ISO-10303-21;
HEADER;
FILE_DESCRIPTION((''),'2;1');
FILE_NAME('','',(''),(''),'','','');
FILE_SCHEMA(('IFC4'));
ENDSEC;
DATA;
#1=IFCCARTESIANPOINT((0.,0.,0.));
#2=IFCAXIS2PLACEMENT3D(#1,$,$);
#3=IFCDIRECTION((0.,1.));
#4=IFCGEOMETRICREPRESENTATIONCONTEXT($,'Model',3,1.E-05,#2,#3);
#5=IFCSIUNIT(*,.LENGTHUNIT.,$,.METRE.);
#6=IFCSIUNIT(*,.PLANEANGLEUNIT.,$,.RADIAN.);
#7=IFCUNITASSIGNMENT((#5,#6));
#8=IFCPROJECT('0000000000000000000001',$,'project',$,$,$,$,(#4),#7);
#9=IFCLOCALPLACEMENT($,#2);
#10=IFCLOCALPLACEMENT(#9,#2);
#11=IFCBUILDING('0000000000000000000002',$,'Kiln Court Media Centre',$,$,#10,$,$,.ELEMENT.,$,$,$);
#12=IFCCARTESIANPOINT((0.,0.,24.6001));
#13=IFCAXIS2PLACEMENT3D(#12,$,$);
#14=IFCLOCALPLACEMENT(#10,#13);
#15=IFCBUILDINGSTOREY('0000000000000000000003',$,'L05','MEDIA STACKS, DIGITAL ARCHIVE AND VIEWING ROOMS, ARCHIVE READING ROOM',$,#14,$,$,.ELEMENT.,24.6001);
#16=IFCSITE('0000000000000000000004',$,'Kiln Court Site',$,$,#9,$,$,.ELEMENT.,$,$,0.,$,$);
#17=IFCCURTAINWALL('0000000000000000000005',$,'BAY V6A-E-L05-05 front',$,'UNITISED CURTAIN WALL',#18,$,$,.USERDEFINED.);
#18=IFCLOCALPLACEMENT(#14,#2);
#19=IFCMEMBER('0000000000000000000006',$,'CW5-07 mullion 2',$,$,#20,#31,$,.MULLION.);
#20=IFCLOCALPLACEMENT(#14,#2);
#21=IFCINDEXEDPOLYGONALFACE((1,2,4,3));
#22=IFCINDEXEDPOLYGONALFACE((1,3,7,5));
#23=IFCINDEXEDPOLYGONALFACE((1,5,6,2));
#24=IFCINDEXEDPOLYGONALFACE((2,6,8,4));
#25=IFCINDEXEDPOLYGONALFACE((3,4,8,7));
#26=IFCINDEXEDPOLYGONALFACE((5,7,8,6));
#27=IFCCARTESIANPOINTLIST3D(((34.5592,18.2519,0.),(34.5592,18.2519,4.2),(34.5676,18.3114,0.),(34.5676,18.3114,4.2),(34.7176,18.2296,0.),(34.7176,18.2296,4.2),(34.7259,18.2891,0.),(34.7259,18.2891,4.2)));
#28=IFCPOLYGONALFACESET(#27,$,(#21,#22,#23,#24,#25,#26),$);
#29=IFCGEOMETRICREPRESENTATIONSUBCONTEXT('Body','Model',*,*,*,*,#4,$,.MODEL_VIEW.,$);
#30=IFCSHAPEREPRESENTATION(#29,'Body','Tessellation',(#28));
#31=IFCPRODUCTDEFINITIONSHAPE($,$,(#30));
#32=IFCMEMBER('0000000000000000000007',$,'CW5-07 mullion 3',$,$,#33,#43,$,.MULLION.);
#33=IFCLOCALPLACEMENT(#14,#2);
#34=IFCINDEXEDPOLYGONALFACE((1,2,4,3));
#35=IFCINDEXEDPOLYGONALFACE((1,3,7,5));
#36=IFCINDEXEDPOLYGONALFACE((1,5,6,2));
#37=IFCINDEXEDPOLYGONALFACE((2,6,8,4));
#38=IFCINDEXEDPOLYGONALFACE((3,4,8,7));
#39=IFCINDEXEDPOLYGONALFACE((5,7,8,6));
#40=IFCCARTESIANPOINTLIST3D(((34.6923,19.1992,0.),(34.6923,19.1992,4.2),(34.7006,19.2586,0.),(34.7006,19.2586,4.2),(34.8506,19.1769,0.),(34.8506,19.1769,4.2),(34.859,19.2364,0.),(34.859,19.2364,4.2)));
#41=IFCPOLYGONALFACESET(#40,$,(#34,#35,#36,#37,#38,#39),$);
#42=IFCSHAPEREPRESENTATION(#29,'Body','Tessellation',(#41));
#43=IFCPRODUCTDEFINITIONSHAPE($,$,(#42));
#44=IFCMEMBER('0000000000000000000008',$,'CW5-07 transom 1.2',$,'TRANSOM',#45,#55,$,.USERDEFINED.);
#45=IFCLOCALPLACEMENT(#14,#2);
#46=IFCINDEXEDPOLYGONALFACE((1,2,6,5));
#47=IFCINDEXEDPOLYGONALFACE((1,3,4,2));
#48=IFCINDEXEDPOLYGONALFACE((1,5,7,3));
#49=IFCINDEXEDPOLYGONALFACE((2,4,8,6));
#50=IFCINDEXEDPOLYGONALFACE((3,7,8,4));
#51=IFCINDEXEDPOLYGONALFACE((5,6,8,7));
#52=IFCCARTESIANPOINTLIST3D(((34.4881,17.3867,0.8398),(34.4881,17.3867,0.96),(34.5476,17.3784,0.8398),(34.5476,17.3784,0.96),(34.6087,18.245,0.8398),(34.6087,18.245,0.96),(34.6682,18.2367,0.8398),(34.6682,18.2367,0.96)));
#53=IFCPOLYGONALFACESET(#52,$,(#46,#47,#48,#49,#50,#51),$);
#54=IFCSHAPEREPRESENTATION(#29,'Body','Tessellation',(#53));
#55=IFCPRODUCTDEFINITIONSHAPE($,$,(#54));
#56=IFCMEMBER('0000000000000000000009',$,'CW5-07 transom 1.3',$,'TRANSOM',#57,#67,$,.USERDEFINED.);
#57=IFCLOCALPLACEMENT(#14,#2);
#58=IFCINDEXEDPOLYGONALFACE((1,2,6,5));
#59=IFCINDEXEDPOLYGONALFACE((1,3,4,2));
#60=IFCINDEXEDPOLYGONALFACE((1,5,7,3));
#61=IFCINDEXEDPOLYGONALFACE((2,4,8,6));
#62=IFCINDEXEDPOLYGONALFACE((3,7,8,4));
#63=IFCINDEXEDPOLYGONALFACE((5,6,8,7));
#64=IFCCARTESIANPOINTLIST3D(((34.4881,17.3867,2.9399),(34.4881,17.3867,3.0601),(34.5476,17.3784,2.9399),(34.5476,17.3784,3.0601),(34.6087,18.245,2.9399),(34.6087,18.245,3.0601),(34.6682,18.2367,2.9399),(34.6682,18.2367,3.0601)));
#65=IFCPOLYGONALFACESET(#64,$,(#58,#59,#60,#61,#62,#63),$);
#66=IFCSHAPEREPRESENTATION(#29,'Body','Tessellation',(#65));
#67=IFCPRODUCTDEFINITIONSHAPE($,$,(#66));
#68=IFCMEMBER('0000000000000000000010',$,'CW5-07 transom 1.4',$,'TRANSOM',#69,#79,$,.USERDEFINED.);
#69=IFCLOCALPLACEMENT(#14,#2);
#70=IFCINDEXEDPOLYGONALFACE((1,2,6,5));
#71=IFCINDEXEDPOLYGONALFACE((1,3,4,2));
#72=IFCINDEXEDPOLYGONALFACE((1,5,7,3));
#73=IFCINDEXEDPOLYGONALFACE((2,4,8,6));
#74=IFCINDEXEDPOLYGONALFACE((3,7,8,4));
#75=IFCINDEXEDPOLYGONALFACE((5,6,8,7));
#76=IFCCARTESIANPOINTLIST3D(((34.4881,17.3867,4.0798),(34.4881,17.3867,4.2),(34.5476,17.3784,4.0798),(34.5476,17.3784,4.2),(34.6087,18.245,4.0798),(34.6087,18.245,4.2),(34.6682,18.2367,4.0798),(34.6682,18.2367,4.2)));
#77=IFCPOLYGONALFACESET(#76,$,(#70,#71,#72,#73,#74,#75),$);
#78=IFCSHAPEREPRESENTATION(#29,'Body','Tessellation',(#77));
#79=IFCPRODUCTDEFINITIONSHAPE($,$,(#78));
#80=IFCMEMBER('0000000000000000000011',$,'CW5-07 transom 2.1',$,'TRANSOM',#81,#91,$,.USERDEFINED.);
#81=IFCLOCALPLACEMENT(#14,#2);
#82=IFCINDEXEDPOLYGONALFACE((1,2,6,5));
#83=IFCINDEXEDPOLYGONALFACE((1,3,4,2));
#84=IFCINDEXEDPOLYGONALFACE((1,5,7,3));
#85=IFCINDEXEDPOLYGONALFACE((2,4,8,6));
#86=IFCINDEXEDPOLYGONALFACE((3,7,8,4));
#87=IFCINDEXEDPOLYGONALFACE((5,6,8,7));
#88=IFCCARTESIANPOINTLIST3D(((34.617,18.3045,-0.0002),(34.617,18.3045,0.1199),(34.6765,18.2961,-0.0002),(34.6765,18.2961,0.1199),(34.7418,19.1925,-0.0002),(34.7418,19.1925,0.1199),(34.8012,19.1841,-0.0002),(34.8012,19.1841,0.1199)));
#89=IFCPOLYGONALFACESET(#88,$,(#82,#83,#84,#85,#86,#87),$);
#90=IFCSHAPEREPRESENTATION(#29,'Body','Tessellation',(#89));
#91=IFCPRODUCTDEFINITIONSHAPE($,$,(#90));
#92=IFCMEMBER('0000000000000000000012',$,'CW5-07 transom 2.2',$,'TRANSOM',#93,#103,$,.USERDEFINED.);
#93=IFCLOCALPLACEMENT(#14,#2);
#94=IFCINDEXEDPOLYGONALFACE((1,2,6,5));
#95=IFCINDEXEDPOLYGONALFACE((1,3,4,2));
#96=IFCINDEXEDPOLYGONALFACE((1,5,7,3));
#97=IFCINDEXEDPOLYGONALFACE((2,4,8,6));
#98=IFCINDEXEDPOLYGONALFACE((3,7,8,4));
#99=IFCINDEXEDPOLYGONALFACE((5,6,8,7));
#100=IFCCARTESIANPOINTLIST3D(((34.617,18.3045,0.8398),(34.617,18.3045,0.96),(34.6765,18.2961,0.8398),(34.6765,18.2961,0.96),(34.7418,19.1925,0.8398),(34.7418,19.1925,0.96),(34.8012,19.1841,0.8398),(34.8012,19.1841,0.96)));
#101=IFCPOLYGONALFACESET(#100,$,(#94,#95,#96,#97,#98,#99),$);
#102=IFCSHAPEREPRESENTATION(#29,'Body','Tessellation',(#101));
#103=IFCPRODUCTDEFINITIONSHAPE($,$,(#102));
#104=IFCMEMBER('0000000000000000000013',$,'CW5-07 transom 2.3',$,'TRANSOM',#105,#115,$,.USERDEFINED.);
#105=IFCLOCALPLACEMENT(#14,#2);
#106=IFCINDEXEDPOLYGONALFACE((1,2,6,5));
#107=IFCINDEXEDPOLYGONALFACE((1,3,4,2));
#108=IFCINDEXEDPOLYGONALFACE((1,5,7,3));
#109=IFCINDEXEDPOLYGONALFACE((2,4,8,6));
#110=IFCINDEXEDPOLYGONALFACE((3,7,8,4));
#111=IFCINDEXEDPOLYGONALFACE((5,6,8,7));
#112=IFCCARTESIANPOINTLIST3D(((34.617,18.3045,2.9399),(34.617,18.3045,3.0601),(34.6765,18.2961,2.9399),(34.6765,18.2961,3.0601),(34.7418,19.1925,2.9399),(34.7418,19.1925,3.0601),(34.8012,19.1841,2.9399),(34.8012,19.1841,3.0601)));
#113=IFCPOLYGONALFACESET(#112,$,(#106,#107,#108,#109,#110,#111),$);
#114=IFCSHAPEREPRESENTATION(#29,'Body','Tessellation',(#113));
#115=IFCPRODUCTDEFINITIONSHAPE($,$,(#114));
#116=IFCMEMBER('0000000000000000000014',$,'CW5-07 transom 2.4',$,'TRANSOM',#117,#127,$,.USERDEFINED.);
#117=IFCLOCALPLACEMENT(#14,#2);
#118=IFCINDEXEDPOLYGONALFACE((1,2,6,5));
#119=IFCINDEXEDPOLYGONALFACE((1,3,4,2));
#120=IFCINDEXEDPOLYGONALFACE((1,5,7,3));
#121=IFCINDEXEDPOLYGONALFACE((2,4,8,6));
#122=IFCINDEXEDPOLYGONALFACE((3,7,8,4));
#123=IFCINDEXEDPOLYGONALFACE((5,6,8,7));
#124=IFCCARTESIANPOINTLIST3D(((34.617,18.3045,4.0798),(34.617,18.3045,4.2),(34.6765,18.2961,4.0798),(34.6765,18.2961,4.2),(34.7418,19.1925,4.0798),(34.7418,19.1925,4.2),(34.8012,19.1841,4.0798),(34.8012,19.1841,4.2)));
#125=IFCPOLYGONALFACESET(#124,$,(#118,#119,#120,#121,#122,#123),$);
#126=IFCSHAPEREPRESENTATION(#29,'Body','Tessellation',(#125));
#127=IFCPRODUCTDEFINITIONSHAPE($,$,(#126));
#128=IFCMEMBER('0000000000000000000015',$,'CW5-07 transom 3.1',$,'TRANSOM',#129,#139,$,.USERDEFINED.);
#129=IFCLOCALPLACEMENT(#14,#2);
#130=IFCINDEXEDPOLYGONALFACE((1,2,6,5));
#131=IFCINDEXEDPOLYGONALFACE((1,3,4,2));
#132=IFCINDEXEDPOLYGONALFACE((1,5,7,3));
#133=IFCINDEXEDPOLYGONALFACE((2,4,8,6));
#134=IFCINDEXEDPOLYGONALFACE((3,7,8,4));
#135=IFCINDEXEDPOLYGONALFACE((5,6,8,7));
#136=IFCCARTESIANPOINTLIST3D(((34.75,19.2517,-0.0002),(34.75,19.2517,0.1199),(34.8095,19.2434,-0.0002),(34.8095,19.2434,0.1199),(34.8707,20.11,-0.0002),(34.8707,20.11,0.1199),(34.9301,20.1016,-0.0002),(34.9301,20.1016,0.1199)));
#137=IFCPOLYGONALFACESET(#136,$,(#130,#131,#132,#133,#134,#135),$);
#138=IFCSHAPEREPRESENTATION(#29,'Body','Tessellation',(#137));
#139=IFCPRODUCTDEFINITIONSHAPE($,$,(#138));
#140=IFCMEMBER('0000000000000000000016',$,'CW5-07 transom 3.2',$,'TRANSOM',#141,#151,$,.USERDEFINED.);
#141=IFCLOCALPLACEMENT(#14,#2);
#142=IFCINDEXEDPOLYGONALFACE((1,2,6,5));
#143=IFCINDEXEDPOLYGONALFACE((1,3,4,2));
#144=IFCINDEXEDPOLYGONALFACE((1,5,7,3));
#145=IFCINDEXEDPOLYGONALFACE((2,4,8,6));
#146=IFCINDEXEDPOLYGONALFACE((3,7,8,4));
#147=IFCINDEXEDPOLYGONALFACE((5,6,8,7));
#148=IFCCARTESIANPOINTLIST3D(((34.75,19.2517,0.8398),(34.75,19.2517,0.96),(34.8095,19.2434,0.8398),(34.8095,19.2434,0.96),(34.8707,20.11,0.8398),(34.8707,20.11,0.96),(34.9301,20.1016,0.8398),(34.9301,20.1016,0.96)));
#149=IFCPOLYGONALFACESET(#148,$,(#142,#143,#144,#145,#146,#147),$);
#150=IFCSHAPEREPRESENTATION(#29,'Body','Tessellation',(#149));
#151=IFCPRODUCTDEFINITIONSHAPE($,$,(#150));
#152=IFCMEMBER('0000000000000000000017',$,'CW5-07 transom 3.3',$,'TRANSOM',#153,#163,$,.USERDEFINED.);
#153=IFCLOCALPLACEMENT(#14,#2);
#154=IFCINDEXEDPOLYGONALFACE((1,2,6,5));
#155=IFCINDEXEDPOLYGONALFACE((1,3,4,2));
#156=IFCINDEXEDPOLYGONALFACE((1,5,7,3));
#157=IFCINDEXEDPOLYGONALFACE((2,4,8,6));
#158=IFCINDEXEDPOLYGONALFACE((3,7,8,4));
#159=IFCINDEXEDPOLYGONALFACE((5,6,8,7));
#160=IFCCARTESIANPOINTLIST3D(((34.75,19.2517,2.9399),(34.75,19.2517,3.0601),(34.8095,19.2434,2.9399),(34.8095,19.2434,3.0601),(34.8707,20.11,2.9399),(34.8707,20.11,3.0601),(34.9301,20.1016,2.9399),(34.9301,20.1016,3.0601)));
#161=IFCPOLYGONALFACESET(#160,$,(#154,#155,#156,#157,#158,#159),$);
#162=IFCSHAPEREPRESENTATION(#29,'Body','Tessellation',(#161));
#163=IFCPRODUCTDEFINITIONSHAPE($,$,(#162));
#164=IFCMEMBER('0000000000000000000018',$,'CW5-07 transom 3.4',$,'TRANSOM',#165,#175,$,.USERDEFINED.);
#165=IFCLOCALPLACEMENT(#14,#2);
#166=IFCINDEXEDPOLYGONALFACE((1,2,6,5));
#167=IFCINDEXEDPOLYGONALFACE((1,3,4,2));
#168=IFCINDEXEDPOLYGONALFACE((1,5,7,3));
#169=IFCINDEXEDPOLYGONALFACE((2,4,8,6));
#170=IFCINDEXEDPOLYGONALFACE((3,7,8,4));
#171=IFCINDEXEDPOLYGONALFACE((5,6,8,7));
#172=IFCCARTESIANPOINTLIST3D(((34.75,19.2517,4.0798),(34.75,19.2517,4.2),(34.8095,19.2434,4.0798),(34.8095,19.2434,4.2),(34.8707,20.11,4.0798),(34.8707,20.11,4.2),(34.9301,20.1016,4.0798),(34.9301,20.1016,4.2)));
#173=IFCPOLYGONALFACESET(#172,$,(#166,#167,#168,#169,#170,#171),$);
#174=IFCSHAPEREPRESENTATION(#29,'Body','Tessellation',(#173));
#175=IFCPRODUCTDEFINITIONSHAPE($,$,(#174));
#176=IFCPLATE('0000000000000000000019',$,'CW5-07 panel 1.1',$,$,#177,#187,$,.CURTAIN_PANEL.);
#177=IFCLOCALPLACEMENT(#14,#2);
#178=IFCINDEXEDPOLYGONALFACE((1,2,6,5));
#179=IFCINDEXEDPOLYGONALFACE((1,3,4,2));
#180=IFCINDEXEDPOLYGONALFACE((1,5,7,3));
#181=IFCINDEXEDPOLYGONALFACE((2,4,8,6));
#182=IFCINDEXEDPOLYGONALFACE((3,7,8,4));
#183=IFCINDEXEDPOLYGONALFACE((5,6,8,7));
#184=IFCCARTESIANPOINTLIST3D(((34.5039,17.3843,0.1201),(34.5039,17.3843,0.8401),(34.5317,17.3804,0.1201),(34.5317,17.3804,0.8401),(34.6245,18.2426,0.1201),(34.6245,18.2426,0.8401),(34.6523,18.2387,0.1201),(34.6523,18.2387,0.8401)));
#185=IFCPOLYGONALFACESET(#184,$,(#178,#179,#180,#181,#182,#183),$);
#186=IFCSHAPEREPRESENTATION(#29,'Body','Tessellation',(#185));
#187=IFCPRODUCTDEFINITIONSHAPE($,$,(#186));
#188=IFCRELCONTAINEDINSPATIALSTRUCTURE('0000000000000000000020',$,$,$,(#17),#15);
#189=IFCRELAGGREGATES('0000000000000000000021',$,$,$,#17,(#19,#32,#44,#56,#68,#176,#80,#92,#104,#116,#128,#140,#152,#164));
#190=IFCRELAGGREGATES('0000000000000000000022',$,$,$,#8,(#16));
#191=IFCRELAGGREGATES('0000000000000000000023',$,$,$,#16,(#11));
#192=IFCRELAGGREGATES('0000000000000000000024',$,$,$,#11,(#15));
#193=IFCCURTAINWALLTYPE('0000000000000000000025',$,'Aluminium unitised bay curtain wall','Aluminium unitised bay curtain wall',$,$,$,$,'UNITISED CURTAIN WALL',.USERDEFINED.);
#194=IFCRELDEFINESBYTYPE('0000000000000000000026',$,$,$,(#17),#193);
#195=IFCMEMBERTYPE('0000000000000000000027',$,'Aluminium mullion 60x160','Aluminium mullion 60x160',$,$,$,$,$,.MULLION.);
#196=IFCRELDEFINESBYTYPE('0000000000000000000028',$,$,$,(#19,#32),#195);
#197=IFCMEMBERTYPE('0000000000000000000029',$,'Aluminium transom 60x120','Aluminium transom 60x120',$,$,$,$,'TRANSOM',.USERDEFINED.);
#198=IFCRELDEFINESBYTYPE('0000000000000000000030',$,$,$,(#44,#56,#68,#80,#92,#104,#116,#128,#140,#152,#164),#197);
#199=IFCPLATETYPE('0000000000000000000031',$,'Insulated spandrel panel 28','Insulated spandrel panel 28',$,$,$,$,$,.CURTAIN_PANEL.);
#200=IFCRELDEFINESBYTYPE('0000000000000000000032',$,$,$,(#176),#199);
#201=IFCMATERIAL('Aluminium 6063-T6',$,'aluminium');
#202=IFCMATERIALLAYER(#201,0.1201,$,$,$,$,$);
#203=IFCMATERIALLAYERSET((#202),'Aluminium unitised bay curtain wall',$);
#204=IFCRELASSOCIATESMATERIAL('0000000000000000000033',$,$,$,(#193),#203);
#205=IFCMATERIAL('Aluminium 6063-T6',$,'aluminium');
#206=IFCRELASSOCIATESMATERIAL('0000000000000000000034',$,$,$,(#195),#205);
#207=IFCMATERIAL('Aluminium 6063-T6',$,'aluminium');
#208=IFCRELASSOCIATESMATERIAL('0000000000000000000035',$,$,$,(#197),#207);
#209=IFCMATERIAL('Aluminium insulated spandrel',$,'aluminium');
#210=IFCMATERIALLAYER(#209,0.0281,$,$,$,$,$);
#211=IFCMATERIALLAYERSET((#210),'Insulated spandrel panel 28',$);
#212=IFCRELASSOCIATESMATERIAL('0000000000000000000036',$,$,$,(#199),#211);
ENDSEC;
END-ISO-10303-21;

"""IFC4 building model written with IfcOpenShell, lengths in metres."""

from ifc_helpers import new_model, si_unit, direction, frame, origin, origin_2d, place, context, subcontext, project, spatial, rectangle, extrude, material, layer, layer_set, material_profile, profile_set, type_object, element, aggregate, save


model = new_model("IFC4")

# Units and contexts
model_context = context("Model", 3, precision=1e-05, world=origin(), true_north=direction((0.0, 1.0)))
body_context = subcontext(model_context, "Body", "Model", "MODEL_VIEW")
ifc_project = project(units=[si_unit("LENGTHUNIT", "METRE"), si_unit("PLANEANGLEUNIT", "RADIAN")], contexts=[model_context])

# Site, building, storey
site_placement = place(None, origin())
site = spatial("IfcSite", under=ifc_project, at=site_placement, Name="Kiln Court Site", CompositionType="ELEMENT", RefElevation=0.0)
building_placement = place(site_placement, origin())
building = spatial("IfcBuilding", under=site, at=building_placement, Name="Kiln Court Media Centre", CompositionType="ELEMENT")
storey_placement = place(building_placement, frame((0.0, 0.0, 24.6001)))
storey = spatial("IfcBuildingStorey", under=building, at=storey_placement, Name="L05", Description="MEDIA STACKS, DIGITAL ARCHIVE AND VIEWING ROOMS, ARCHIVE READING ROOM", CompositionType="ELEMENT", Elevation=24.6001)

# Curtain wall, members, plate
ifc_material_1 = material(Name="Aluminium 6063-T6", Category="aluminium")
ifc_layer_1 = layer(ifc_material_1, 0.1201)
ifc_layer_set_1 = layer_set([ifc_layer_1], Name="Aluminium unitised bay curtain wall")
curtain_wall_type = type_object("IfcCurtainWallType", Name="Aluminium unitised bay curtain wall", Description="Aluminium unitised bay curtain wall", ElementType="UNITISED CURTAIN WALL", PredefinedType="USERDEFINED", material=ifc_layer_set_1)
curtain_wall_placement = place(storey_placement, origin())
curtain_wall = element("IfcCurtainWall", 1, at=curtain_wall_placement, inside=storey, type_object=curtain_wall_type, Name="BAY V6A-E-L05-05 front", ObjectType="UNITISED CURTAIN WALL", PredefinedType="USERDEFINED")
ifc_material_2 = material(Name="Aluminium 6063-T6", Category="aluminium")
ifc_material_profile_1 = material_profile(ifc_material_2, rectangle(XDim=0.0601, YDim=0.1599, at=origin_2d()), Name="Aluminium mullion 60x160")
ifc_profile_set_1 = profile_set([ifc_material_profile_1], Name="Aluminium 6063-T6")
member_type_1 = type_object("IfcMemberType", Name="Aluminium mullion 60x160", Description="Aluminium mullion 60x160", PredefinedType="MULLION", material=ifc_profile_set_1)
member_1_placement = place(storey_placement, frame((34.6426, 18.2705, 0.0), z_axis=(0.0, 0.0, 1.0), x_axis=(0.139162, 0.99027, 0.0)))
member_1 = element("IfcMember", 2, at=member_1_placement, type_object=member_type_1, Name="CW5-07 mullion 2", PredefinedType="MULLION", context=body_context, shape_type="SweptSolid", body=[
    extrude(rectangle(XDim=0.0601, YDim=0.1599, at=origin_2d()), origin(), (0.0, 0.0, 1.0), 4.2),
])
member_2_placement = place(storey_placement, frame((34.7756, 19.2178, 0.0), z_axis=(0.0, 0.0, 1.0), x_axis=(0.139162, 0.99027, 0.0)))
member_2 = element("IfcMember", 3, at=member_2_placement, type_object=member_type_1, Name="CW5-07 mullion 3", PredefinedType="MULLION", context=body_context, shape_type="SweptSolid", body=[
    extrude(rectangle(XDim=0.0601, YDim=0.1599, at=origin_2d()), origin(), (0.0, 0.0, 1.0), 4.2),
])
ifc_material_3 = material(Name="Aluminium 6063-T6", Category="aluminium")
ifc_material_profile_2 = material_profile(ifc_material_3, rectangle(XDim=0.0601, YDim=0.1201, at=origin_2d()), Name="Aluminium transom 60x120")
ifc_profile_set_2 = profile_set([ifc_material_profile_2], Name="Aluminium 6063-T6")
member_type_2 = type_object("IfcMemberType", Name="Aluminium transom 60x120", Description="Aluminium transom 60x120", ElementType="TRANSOM", PredefinedType="USERDEFINED", material=ifc_profile_set_2)
member_3_placement = place(storey_placement, frame((34.5178, 17.3826, 0.8999), z_axis=(0.139173, 0.990268, 0.0), x_axis=(-0.990268, 0.139173, 0.0)))
member_3 = element("IfcMember", 4, at=member_3_placement, type_object=member_type_2, Name="CW5-07 transom 1.2", ObjectType="TRANSOM", PredefinedType="USERDEFINED", context=body_context, shape_type="SweptSolid", body=[
    extrude(rectangle(XDim=0.0601, YDim=0.1201, at=origin_2d()), origin(), (0.0, 0.0, 1.0), 0.8667),
])
member_4_placement = place(storey_placement, frame((34.5178, 17.3826, 3.0), z_axis=(0.139173, 0.990268, 0.0), x_axis=(-0.990268, 0.139173, 0.0)))
member_4 = element("IfcMember", 5, at=member_4_placement, type_object=member_type_2, Name="CW5-07 transom 1.3", ObjectType="TRANSOM", PredefinedType="USERDEFINED", context=body_context, shape_type="SweptSolid", body=[
    extrude(rectangle(XDim=0.0601, YDim=0.1201, at=origin_2d()), origin(), (0.0, 0.0, 1.0), 0.8667),
])
member_5_placement = place(storey_placement, frame((34.5178, 17.3826, 4.1399), z_axis=(0.139173, 0.990268, 0.0), x_axis=(-0.990268, 0.139173, 0.0)))
member_5 = element("IfcMember", 6, at=member_5_placement, type_object=member_type_2, Name="CW5-07 transom 1.4", ObjectType="TRANSOM", PredefinedType="USERDEFINED", context=body_context, shape_type="SweptSolid", body=[
    extrude(rectangle(XDim=0.0601, YDim=0.1201, at=origin_2d()), origin(), (0.0, 0.0, 1.0), 0.8667),
])
member_6_placement = place(storey_placement, frame((34.6467, 18.3003, 0.0598), z_axis=(0.139134, 0.990274, 0.0), x_axis=(-0.990274, 0.139134, 0.0)))
member_6 = element("IfcMember", 7, at=member_6_placement, type_object=member_type_2, Name="CW5-07 transom 2.1", ObjectType="TRANSOM", PredefinedType="USERDEFINED", context=body_context, shape_type="SweptSolid", body=[
    extrude(rectangle(XDim=0.0601, YDim=0.1201, at=origin_2d()), origin(), (0.0, 0.0, 1.0), 0.8967),
])
member_7_placement = place(storey_placement, frame((34.6467, 18.3003, 0.8999), z_axis=(0.139134, 0.990274, 0.0), x_axis=(-0.990274, 0.139134, 0.0)))
member_7 = element("IfcMember", 8, at=member_7_placement, type_object=member_type_2, Name="CW5-07 transom 2.2", ObjectType="TRANSOM", PredefinedType="USERDEFINED", context=body_context, shape_type="SweptSolid", body=[
    extrude(rectangle(XDim=0.0601, YDim=0.1201, at=origin_2d()), origin(), (0.0, 0.0, 1.0), 0.8967),
])
member_8_placement = place(storey_placement, frame((34.6467, 18.3003, 3.0), z_axis=(0.139134, 0.990274, 0.0), x_axis=(-0.990274, 0.139134, 0.0)))
member_8 = element("IfcMember", 9, at=member_8_placement, type_object=member_type_2, Name="CW5-07 transom 2.3", ObjectType="TRANSOM", PredefinedType="USERDEFINED", context=body_context, shape_type="SweptSolid", body=[
    extrude(rectangle(XDim=0.0601, YDim=0.1201, at=origin_2d()), origin(), (0.0, 0.0, 1.0), 0.8967),
])
member_9_placement = place(storey_placement, frame((34.6467, 18.3003, 4.1399), z_axis=(0.139134, 0.990274, 0.0), x_axis=(-0.990274, 0.139134, 0.0)))
member_9 = element("IfcMember", 10, at=member_9_placement, type_object=member_type_2, Name="CW5-07 transom 2.4", ObjectType="TRANSOM", PredefinedType="USERDEFINED", context=body_context, shape_type="SweptSolid", body=[
    extrude(rectangle(XDim=0.0601, YDim=0.1201, at=origin_2d()), origin(), (0.0, 0.0, 1.0), 0.8967),
])
member_10_placement = place(storey_placement, frame((34.7798, 19.2476, 0.0598), z_axis=(0.139173, 0.990268, 0.0), x_axis=(-0.990268, 0.139173, 0.0)))
member_10 = element("IfcMember", 11, at=member_10_placement, type_object=member_type_2, Name="CW5-07 transom 3.1", ObjectType="TRANSOM", PredefinedType="USERDEFINED", context=body_context, shape_type="SweptSolid", body=[
    extrude(rectangle(XDim=0.0601, YDim=0.1201, at=origin_2d()), origin(), (0.0, 0.0, 1.0), 0.8667),
])
member_11_placement = place(storey_placement, frame((34.7798, 19.2476, 0.8999), z_axis=(0.139173, 0.990268, 0.0), x_axis=(-0.990268, 0.139173, 0.0)))
member_11 = element("IfcMember", 12, at=member_11_placement, type_object=member_type_2, Name="CW5-07 transom 3.2", ObjectType="TRANSOM", PredefinedType="USERDEFINED", context=body_context, shape_type="SweptSolid", body=[
    extrude(rectangle(XDim=0.0601, YDim=0.1201, at=origin_2d()), origin(), (0.0, 0.0, 1.0), 0.8667),
])
member_12_placement = place(storey_placement, frame((34.7798, 19.2476, 3.0), z_axis=(0.139173, 0.990268, 0.0), x_axis=(-0.990268, 0.139173, 0.0)))
member_12 = element("IfcMember", 13, at=member_12_placement, type_object=member_type_2, Name="CW5-07 transom 3.3", ObjectType="TRANSOM", PredefinedType="USERDEFINED", context=body_context, shape_type="SweptSolid", body=[
    extrude(rectangle(XDim=0.0601, YDim=0.1201, at=origin_2d()), origin(), (0.0, 0.0, 1.0), 0.8667),
])
member_13_placement = place(storey_placement, frame((34.7798, 19.2476, 4.1399), z_axis=(0.139173, 0.990268, 0.0), x_axis=(-0.990268, 0.139173, 0.0)))
member_13 = element("IfcMember", 14, at=member_13_placement, type_object=member_type_2, Name="CW5-07 transom 3.4", ObjectType="TRANSOM", PredefinedType="USERDEFINED", context=body_context, shape_type="SweptSolid", body=[
    extrude(rectangle(XDim=0.0601, YDim=0.1201, at=origin_2d()), origin(), (0.0, 0.0, 1.0), 0.8667),
])
ifc_material_4 = material(Name="Aluminium insulated spandrel", Category="aluminium")
ifc_layer_2 = layer(ifc_material_4, 0.0281)
ifc_layer_set_2 = layer_set([ifc_layer_2], Name="Insulated spandrel panel 28")
plate_type_1 = type_object("IfcPlateType", Name="Insulated spandrel panel 28", Description="Insulated spandrel panel 28", PredefinedType="CURTAIN_PANEL", material=ifc_layer_set_2)
plate_1_placement = place(storey_placement, frame((34.5781, 17.8115, 0.1201), z_axis=(0.0, 0.0, 1.0), x_axis=(0.139162, 0.99027, 0.0)))
plate_1 = element("IfcPlate", 15, at=plate_1_placement, type_object=plate_type_1, Name="CW5-07 panel 1.1", PredefinedType="CURTAIN_PANEL", context=body_context, shape_type="SweptSolid", body=[
    extrude(rectangle(XDim=0.8667, YDim=0.0281, at=origin_2d()), origin(), (0.0, 0.0, 1.0), 0.72),
])
aggregate(curtain_wall, [member_1, member_2, member_3, member_4, member_5, plate_1, member_6, member_7, member_8, member_9, member_10, member_11, member_12, member_13])

save(model, "model.ifc")
